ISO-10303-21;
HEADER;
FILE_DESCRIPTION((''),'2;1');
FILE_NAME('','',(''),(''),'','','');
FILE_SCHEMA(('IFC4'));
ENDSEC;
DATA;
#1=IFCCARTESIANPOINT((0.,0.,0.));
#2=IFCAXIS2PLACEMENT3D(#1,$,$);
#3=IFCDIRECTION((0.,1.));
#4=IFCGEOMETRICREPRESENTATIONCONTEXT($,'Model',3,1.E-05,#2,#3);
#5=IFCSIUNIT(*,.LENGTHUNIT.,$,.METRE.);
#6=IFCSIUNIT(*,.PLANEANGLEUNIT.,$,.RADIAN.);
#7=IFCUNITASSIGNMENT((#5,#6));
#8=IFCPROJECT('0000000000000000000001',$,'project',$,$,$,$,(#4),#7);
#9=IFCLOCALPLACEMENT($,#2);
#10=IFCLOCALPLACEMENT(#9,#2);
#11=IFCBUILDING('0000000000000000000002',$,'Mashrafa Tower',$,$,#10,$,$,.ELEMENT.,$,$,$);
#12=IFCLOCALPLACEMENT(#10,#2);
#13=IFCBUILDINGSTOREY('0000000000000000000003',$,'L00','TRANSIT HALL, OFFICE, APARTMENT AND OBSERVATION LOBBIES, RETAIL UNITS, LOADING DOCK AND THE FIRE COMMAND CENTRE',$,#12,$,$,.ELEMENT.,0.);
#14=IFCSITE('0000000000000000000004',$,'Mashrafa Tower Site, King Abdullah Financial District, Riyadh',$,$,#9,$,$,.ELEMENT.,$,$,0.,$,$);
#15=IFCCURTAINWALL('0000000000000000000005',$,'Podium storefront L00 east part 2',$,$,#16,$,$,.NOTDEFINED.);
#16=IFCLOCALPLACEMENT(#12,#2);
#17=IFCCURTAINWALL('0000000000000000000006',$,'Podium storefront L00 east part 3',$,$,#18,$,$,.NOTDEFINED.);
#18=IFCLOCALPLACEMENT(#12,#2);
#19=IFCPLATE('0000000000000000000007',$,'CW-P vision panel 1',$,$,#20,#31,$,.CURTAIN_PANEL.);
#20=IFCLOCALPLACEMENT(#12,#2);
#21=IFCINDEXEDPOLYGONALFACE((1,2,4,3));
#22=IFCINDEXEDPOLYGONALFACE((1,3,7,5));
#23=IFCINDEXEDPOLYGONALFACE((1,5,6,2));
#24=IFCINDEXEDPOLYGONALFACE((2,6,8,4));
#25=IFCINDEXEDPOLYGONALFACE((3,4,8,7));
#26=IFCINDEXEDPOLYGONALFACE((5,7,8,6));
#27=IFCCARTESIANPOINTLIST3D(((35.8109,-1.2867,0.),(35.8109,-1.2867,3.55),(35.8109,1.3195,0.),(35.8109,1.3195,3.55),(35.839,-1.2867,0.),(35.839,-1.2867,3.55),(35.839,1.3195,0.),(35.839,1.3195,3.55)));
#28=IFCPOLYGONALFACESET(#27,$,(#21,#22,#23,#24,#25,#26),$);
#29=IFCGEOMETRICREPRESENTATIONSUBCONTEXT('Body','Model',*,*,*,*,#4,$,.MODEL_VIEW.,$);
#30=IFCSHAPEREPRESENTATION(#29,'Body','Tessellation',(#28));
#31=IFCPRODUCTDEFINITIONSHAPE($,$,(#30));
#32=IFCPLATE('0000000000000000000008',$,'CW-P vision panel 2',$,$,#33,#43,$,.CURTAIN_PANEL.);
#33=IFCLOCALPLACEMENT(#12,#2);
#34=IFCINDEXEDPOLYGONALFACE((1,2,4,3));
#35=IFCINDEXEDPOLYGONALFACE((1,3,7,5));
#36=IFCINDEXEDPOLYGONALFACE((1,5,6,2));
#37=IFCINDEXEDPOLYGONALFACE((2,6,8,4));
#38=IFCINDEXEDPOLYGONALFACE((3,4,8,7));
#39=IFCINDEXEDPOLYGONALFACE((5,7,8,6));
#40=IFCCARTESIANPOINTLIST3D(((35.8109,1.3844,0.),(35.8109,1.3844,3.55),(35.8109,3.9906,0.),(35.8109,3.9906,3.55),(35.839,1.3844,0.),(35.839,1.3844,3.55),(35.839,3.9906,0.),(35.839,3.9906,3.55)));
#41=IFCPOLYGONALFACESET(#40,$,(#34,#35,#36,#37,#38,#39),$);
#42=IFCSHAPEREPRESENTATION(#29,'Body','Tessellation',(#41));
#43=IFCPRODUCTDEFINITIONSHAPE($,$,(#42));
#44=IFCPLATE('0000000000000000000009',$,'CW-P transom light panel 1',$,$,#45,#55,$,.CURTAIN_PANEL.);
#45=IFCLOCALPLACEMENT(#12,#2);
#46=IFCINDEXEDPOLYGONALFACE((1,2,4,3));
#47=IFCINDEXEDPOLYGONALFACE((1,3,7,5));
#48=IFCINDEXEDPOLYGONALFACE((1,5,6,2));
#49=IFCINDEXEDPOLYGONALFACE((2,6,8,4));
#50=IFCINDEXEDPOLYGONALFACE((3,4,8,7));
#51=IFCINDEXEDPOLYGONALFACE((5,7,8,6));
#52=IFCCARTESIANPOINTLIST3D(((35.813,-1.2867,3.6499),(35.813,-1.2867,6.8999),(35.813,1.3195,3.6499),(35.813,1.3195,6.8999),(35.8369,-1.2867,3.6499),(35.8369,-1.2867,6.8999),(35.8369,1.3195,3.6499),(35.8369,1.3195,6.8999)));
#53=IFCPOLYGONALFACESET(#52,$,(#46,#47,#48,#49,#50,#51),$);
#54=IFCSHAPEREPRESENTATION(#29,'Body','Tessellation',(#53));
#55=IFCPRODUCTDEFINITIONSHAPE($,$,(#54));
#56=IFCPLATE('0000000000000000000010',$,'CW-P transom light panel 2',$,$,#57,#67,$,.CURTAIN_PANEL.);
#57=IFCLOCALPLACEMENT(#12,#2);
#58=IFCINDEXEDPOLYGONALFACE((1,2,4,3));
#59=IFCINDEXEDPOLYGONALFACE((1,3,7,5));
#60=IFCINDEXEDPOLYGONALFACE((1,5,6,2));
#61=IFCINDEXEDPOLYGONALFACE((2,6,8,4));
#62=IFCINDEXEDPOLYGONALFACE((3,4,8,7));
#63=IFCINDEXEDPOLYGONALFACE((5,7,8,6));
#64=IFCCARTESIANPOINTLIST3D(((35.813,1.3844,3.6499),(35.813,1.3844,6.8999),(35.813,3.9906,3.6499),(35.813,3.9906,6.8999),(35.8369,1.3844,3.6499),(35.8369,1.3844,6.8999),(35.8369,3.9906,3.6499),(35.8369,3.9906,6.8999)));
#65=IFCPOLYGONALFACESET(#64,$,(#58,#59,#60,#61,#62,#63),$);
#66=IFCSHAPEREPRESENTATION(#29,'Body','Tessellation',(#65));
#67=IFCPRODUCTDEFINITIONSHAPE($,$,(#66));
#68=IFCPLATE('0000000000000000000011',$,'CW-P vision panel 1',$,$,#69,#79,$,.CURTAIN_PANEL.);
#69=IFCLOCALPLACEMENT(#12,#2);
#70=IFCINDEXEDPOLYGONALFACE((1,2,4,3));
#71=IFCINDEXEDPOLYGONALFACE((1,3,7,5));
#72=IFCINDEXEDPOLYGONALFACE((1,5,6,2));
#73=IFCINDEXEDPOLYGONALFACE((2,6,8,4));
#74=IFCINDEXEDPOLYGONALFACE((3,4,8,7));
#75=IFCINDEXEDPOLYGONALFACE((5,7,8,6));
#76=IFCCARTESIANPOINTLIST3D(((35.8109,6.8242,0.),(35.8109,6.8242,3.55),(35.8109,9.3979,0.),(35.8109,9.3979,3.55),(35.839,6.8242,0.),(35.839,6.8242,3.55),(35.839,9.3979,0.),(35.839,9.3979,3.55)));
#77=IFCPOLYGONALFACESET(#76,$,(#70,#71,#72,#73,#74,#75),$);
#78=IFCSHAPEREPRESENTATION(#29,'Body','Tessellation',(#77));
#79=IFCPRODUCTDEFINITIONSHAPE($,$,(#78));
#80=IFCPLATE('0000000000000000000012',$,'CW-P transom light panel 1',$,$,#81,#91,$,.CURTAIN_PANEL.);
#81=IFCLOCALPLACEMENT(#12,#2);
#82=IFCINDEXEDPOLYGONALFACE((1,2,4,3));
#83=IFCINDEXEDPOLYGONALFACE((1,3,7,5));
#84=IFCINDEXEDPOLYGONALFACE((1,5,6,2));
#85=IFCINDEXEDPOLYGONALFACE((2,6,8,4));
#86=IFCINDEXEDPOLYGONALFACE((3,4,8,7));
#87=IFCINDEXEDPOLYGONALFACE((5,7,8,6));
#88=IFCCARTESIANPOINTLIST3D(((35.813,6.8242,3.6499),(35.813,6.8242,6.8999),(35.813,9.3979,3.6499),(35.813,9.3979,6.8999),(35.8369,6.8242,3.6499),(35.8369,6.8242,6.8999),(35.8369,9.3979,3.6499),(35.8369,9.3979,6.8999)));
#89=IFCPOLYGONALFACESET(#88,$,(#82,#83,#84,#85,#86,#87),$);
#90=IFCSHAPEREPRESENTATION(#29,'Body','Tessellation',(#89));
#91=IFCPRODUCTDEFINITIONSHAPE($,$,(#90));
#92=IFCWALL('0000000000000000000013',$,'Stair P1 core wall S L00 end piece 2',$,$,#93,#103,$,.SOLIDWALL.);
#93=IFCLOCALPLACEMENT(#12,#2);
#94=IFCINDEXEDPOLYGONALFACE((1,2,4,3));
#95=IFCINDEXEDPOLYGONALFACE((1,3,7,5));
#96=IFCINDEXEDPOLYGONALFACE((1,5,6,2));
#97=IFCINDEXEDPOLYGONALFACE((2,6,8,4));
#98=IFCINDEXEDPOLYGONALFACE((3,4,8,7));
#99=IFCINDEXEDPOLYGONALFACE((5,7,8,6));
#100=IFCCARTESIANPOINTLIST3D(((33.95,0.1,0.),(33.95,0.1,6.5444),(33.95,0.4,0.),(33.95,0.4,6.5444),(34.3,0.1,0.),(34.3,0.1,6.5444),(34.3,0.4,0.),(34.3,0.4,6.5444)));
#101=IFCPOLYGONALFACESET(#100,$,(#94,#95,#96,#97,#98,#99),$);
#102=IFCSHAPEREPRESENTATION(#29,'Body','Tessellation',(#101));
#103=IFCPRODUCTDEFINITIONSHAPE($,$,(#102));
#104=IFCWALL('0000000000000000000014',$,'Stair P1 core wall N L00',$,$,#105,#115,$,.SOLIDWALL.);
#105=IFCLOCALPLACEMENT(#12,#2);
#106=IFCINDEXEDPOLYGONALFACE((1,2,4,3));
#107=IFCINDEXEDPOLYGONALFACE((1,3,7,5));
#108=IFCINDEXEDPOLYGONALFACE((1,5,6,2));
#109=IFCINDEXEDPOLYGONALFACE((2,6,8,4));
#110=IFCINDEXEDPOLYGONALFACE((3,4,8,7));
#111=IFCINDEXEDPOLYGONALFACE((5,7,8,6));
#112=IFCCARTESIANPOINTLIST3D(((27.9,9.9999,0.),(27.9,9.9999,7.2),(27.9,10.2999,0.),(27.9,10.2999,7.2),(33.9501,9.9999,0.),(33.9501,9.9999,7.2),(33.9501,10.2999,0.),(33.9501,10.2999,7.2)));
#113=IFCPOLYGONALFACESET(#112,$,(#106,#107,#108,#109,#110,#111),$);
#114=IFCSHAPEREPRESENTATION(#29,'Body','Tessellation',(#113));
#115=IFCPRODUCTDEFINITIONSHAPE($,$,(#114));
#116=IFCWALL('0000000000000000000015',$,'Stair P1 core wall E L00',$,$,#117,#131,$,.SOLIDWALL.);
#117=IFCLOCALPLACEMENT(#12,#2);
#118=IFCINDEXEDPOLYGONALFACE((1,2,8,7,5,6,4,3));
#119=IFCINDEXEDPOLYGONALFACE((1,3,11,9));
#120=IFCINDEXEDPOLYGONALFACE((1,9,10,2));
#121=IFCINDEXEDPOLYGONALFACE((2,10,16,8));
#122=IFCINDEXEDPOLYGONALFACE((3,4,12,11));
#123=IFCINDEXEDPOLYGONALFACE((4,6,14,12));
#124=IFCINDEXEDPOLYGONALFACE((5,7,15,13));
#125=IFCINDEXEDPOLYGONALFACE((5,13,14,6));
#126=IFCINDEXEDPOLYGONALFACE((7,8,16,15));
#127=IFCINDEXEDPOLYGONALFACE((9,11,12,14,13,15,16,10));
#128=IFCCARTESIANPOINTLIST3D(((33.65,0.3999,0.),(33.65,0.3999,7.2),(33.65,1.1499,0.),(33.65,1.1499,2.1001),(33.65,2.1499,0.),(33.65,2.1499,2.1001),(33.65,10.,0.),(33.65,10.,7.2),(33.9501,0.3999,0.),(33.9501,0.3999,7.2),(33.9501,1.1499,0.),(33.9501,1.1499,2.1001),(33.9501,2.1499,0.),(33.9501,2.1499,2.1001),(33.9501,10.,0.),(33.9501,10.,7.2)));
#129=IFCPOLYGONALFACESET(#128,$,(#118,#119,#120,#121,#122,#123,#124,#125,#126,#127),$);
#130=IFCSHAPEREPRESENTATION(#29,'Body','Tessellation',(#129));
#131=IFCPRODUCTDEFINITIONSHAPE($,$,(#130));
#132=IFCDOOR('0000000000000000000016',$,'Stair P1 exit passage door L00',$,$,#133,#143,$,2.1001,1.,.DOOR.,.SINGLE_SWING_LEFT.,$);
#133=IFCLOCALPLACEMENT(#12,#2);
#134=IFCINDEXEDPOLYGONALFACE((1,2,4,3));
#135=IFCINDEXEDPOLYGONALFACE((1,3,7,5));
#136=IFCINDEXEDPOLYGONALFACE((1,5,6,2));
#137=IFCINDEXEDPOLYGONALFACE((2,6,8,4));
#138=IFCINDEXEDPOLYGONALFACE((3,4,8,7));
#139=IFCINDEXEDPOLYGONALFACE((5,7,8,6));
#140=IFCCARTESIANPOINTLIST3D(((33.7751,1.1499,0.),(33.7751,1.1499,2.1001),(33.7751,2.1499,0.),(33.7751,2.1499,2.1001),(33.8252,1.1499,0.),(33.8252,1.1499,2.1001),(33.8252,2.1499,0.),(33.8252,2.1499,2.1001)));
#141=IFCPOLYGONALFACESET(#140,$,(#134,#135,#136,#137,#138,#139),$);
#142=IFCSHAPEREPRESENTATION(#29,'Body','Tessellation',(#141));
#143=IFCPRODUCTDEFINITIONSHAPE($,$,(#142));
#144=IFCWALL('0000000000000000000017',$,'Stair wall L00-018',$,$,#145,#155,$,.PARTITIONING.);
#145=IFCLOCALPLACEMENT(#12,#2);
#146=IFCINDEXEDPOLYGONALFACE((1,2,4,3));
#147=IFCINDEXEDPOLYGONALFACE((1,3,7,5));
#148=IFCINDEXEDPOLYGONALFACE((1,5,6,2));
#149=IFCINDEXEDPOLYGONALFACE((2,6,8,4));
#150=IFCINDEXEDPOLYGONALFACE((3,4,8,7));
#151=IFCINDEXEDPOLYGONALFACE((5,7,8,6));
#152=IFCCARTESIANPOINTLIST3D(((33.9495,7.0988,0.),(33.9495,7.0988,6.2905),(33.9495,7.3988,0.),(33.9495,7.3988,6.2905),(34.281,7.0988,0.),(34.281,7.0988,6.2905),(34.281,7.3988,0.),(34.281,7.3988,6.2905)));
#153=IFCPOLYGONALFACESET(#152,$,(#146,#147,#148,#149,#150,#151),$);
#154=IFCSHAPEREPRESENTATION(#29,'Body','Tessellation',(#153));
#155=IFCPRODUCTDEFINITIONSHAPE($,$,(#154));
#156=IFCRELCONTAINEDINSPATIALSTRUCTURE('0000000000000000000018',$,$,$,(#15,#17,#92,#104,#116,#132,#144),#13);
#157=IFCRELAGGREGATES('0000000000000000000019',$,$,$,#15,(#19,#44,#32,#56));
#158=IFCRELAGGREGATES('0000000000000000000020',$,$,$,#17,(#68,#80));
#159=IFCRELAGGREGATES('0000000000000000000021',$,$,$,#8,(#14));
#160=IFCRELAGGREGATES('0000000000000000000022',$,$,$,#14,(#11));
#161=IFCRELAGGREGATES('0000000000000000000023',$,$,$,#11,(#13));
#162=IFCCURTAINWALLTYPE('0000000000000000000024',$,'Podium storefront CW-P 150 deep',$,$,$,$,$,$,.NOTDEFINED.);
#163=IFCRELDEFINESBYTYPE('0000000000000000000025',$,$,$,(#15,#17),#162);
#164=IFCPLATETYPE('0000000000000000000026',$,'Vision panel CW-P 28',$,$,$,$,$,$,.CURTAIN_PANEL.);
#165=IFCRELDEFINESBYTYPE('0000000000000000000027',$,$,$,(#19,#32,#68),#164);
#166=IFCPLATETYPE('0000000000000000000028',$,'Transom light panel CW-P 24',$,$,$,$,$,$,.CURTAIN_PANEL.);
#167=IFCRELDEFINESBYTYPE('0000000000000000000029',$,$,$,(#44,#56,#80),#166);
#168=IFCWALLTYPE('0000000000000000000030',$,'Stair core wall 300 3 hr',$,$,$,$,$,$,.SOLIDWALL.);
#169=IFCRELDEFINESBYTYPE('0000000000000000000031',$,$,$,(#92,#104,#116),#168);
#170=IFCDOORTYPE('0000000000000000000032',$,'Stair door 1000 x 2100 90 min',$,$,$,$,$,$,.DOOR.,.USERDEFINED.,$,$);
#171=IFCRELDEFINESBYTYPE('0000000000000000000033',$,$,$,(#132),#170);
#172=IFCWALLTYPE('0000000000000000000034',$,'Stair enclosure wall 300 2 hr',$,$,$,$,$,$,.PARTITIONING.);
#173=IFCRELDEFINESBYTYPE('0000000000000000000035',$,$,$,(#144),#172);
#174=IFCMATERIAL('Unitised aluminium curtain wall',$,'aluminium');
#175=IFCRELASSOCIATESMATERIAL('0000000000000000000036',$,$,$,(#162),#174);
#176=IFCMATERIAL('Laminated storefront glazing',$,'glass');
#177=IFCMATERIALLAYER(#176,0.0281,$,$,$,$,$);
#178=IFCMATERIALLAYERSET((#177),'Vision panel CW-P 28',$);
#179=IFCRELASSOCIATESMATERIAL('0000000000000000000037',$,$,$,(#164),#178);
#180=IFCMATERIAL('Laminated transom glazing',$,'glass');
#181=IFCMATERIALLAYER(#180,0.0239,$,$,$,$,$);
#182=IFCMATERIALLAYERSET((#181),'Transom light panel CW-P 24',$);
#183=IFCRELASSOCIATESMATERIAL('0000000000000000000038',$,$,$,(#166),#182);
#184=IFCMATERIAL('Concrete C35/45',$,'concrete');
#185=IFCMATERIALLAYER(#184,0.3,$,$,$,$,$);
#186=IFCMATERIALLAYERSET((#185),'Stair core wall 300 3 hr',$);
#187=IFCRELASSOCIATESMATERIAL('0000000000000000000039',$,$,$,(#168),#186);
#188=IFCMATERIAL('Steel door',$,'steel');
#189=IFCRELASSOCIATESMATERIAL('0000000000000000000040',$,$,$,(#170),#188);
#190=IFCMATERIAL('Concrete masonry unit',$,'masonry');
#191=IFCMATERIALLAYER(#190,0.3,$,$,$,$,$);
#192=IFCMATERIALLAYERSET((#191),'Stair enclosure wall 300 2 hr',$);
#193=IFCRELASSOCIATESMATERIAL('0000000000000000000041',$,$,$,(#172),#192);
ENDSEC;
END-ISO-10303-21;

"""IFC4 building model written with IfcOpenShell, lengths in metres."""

from ifc_helpers import new_model, si_unit, direction, frame, frame_2d, origin, origin_2d, place, context, subcontext, project, spatial, rectangle, extrude, source, transform, mapped, material, layer, layer_set, type_object, type_shapes, element, fill, aggregate, save


model = new_model("IFC4")

# Units and contexts
model_context = context("Model", 3, precision=1e-05, world=origin(), true_north=direction((0.0, 1.0)))
body_context = subcontext(model_context, "Body", "Model", "MODEL_VIEW")
ifc_project = project(units=[si_unit("LENGTHUNIT", "METRE"), si_unit("PLANEANGLEUNIT", "RADIAN")], contexts=[model_context])

# Site, building, storey
site_placement = place(None, origin())
site = spatial("IfcSite", under=ifc_project, at=site_placement, Name="Mashrafa Tower Site, King Abdullah Financial District, Riyadh", CompositionType="ELEMENT", RefElevation=0.0)
building_placement = place(site_placement, origin())
building = spatial("IfcBuilding", under=site, at=building_placement, Name="Mashrafa Tower", CompositionType="ELEMENT")
storey_placement = place(building_placement, origin())
storey = spatial("IfcBuildingStorey", under=building, at=storey_placement, Name="L00", Description="TRANSIT HALL, OFFICE, APARTMENT AND OBSERVATION LOBBIES, RETAIL UNITS, LOADING DOCK AND THE FIRE COMMAND CENTRE", CompositionType="ELEMENT", Elevation=0.0)

# Curtain walls
ifc_material_1 = material(Name="Unitised aluminium curtain wall", Category="aluminium")
curtain_wall_type = type_object("IfcCurtainWallType", Name="Podium storefront CW-P 150 deep", PredefinedType="NOTDEFINED", material=ifc_material_1)
curtain_wall_1_placement = place(storey_placement, origin())
curtain_wall_1 = element("IfcCurtainWall", 1, at=curtain_wall_1_placement, inside=storey, type_object=curtain_wall_type, Name="Podium storefront L00 east part 2", PredefinedType="NOTDEFINED")
curtain_wall_2_placement = place(storey_placement, origin())
curtain_wall_2 = element("IfcCurtainWall", 2, at=curtain_wall_2_placement, inside=storey, type_object=curtain_wall_type, Name="Podium storefront L00 east part 3", PredefinedType="NOTDEFINED")

# Plates
ifc_material_2 = material(Name="Laminated storefront glazing", Category="glass")
ifc_layer_1 = layer(ifc_material_2, 0.0281)
ifc_layer_set_1 = layer_set([ifc_layer_1], Name="Vision panel CW-P 28")
plate_type_1 = type_object("IfcPlateType", Name="Vision panel CW-P 28", PredefinedType="CURTAIN_PANEL", material=ifc_layer_set_1)
shared_shape_1 = source(origin(), body_context, "Body", "SweptSolid", [
    extrude(rectangle(XDim=2.6062, YDim=0.0281, at=origin_2d()), origin(), (0.0, 0.0, 1.0), 3.55),
])
plate_1_placement = place(storey_placement, frame((35.825, 0.0164, 0.0), z_axis=(0.0, 0.0, 1.0), x_axis=(0.0, 1.0, 0.0)))
plate_1 = element("IfcPlate", 3, at=plate_1_placement, type_object=plate_type_1, Name="CW-P vision panel 1", PredefinedType="CURTAIN_PANEL", context=body_context, shape_type="MappedRepresentation", body=[
    mapped(shared_shape_1, transform((0.0, 0.0, 0.0))),
])
plate_2_placement = place(storey_placement, frame((35.825, 2.6875, 0.0), z_axis=(0.0, 0.0, 1.0), x_axis=(0.0, 1.0, 0.0)))
plate_2 = element("IfcPlate", 4, at=plate_2_placement, type_object=plate_type_1, Name="CW-P vision panel 2", PredefinedType="CURTAIN_PANEL", context=body_context, shape_type="MappedRepresentation", body=[
    mapped(shared_shape_1, transform((0.0, 0.0, 0.0))),
])
ifc_material_3 = material(Name="Laminated transom glazing", Category="glass")
ifc_layer_2 = layer(ifc_material_3, 0.0239)
ifc_layer_set_2 = layer_set([ifc_layer_2], Name="Transom light panel CW-P 24")
plate_type_2 = type_object("IfcPlateType", Name="Transom light panel CW-P 24", PredefinedType="CURTAIN_PANEL", material=ifc_layer_set_2)
shared_shape_2 = source(origin(), body_context, "Body", "SweptSolid", [
    extrude(rectangle(XDim=2.6062, YDim=0.0239, at=origin_2d()), origin(), (0.0, 0.0, 1.0), 3.25),
])
plate_3_placement = place(storey_placement, frame((35.825, 0.0164, 3.6499), z_axis=(0.0, 0.0, 1.0), x_axis=(0.0, 1.0, 0.0)))
plate_3 = element("IfcPlate", 5, at=plate_3_placement, type_object=plate_type_2, Name="CW-P transom light panel 1", PredefinedType="CURTAIN_PANEL", context=body_context, shape_type="MappedRepresentation", body=[
    mapped(shared_shape_2, transform((0.0, 0.0, 0.0))),
])
plate_4_placement = place(storey_placement, frame((35.825, 2.6875, 3.6499), z_axis=(0.0, 0.0, 1.0), x_axis=(0.0, 1.0, 0.0)))
plate_4 = element("IfcPlate", 6, at=plate_4_placement, type_object=plate_type_2, Name="CW-P transom light panel 2", PredefinedType="CURTAIN_PANEL", context=body_context, shape_type="MappedRepresentation", body=[
    mapped(shared_shape_2, transform((0.0, 0.0, 0.0))),
])
aggregate(curtain_wall_1, [plate_1, plate_3, plate_2, plate_4])
shared_shape_3 = source(origin(), body_context, "Body", "SweptSolid", [
    extrude(rectangle(XDim=2.5737, YDim=0.0281, at=origin_2d()), origin(), (0.0, 0.0, 1.0), 3.55),
])
type_shapes(plate_type_1, [shared_shape_1, shared_shape_3])
plate_5_placement = place(storey_placement, frame((35.825, 8.1111, 0.0), z_axis=(0.0, 0.0, 1.0), x_axis=(0.0, 1.0, 0.0)))
plate_5 = element("IfcPlate", 7, at=plate_5_placement, type_object=plate_type_1, Name="CW-P vision panel 1", PredefinedType="CURTAIN_PANEL", context=body_context, shape_type="MappedRepresentation", body=[
    mapped(shared_shape_3, transform((0.0, 0.0, 0.0))),
])
shared_shape_4 = source(origin(), body_context, "Body", "SweptSolid", [
    extrude(rectangle(XDim=2.5737, YDim=0.0239, at=origin_2d()), origin(), (0.0, 0.0, 1.0), 3.25),
])
type_shapes(plate_type_2, [shared_shape_2, shared_shape_4])
plate_6_placement = place(storey_placement, frame((35.825, 8.1111, 3.6499), z_axis=(0.0, 0.0, 1.0), x_axis=(0.0, 1.0, 0.0)))
plate_6 = element("IfcPlate", 8, at=plate_6_placement, type_object=plate_type_2, Name="CW-P transom light panel 1", PredefinedType="CURTAIN_PANEL", context=body_context, shape_type="MappedRepresentation", body=[
    mapped(shared_shape_4, transform((0.0, 0.0, 0.0))),
])
aggregate(curtain_wall_2, [plate_5, plate_6])

# Walls
ifc_material_4 = material(Name="Concrete C35/45", Category="concrete")
ifc_layer_3 = layer(ifc_material_4, 0.3)
ifc_layer_set_3 = layer_set([ifc_layer_3], Name="Stair core wall 300 3 hr")
wall_type_1 = type_object("IfcWallType", Name="Stair core wall 300 3 hr", PredefinedType="SOLIDWALL", material=ifc_layer_set_3)
wall_1_placement = place(storey_placement, frame((33.95, 0.25, 0.0), z_axis=(0.0, 0.0, 1.0), x_axis=(1.0, 0.0, 0.0)))
element("IfcWall", 9, at=wall_1_placement, inside=storey, type_object=wall_type_1, Name="Stair P1 core wall S L00 end piece 2", PredefinedType="SOLIDWALL", context=body_context, shape_type="SweptSolid", body=[
    extrude(rectangle(XDim=0.3501, YDim=0.3, at=frame_2d((0.175, 0.0))), origin(), (0.0, 0.0, 1.0), 6.5444),
])
wall_2_placement = place(storey_placement, frame((33.95, 10.1499, 0.0), z_axis=(0.0, 0.0, 1.0), x_axis=(-1.0, 0.0, 0.0)))
element("IfcWall", 10, at=wall_2_placement, inside=storey, type_object=wall_type_1, Name="Stair P1 core wall N L00", PredefinedType="SOLIDWALL", context=body_context, shape_type="SweptSolid", body=[
    extrude(rectangle(XDim=6.05, YDim=0.3, at=frame_2d((3.0249, 0.0))), origin(), (0.0, 0.0, 1.0), 7.2),
])

# Wall, opening, door
wall_3_placement = place(storey_placement, frame((33.8, 0.3999, 0.0), z_axis=(0.0, 0.0, 1.0), x_axis=(0.0, 1.0, 0.0)))
wall_3 = element("IfcWall", 11, at=wall_3_placement, inside=storey, type_object=wall_type_1, Name="Stair P1 core wall E L00", PredefinedType="SOLIDWALL", context=body_context, shape_type="SweptSolid", body=[
    extrude(rectangle(XDim=9.6001, YDim=0.3, at=frame_2d((4.8, 0.0))), origin(), (0.0, 0.0, 1.0), 7.2),
])
opening_1_placement = place(wall_3_placement, frame((0.75, 0.0, 0.0)))
opening_1 = element("IfcOpeningElement", 12, at=opening_1_placement, cuts=wall_3, PredefinedType="OPENING", context=body_context, shape_type="SweptSolid", body=[
    extrude(rectangle(XDim=1.0, YDim=2.1001, at=frame_2d((0.5, 1.05))), frame((0.0, 0.1599, 0.0), z_axis=(0.0, -1.0, 0.0), x_axis=(1.0, 0.0, 0.0)), (0.0, 0.0, 1.0), 0.3201),
])
ifc_material_5 = material(Name="Steel door", Category="steel")
door_type_1 = type_object("IfcDoorType", Name="Stair door 1000 x 2100 90 min", OperationType="USERDEFINED", PredefinedType="DOOR", material=ifc_material_5)
door_1_placement = place(opening_1_placement, origin())
door_1 = element("IfcDoor", 13, at=door_1_placement, inside=storey, type_object=door_type_1, Name="Stair P1 exit passage door L00", OperationType="SINGLE_SWING_LEFT", OverallHeight=2.1001, OverallWidth=1.0, PredefinedType="DOOR", context=body_context, shape_type="SweptSolid", body=[
    extrude(rectangle(XDim=1.0, YDim=2.1001, at=frame_2d((0.5, 1.05))), frame((0.0, 0.0249, 0.0), z_axis=(0.0, -1.0, 0.0), x_axis=(1.0, 0.0, 0.0)), (0.0, 0.0, 1.0), 0.05),
])
fill(opening_1, door_1)

# Wall
ifc_material_6 = material(Name="Concrete masonry unit", Category="masonry")
ifc_layer_4 = layer(ifc_material_6, 0.3)
ifc_layer_set_4 = layer_set([ifc_layer_4], Name="Stair enclosure wall 300 2 hr")
wall_type_2 = type_object("IfcWallType", Name="Stair enclosure wall 300 2 hr", PredefinedType="PARTITIONING", material=ifc_layer_set_4)
wall_4_placement = place(storey_placement, frame((34.281, 7.2488, 0.0), z_axis=(0.0, 0.0, 1.0), x_axis=(-1.0, 0.0, 0.0)))
element("IfcWall", 14, at=wall_4_placement, inside=storey, type_object=wall_type_2, Name="Stair wall L00-018", PredefinedType="PARTITIONING", context=body_context, shape_type="SweptSolid", body=[
    extrude(rectangle(XDim=0.3315, YDim=0.3, at=frame_2d((0.1658, 0.0))), origin(), (0.0, 0.0, 1.0), 6.2905),
])

save(model, "model.ifc")
